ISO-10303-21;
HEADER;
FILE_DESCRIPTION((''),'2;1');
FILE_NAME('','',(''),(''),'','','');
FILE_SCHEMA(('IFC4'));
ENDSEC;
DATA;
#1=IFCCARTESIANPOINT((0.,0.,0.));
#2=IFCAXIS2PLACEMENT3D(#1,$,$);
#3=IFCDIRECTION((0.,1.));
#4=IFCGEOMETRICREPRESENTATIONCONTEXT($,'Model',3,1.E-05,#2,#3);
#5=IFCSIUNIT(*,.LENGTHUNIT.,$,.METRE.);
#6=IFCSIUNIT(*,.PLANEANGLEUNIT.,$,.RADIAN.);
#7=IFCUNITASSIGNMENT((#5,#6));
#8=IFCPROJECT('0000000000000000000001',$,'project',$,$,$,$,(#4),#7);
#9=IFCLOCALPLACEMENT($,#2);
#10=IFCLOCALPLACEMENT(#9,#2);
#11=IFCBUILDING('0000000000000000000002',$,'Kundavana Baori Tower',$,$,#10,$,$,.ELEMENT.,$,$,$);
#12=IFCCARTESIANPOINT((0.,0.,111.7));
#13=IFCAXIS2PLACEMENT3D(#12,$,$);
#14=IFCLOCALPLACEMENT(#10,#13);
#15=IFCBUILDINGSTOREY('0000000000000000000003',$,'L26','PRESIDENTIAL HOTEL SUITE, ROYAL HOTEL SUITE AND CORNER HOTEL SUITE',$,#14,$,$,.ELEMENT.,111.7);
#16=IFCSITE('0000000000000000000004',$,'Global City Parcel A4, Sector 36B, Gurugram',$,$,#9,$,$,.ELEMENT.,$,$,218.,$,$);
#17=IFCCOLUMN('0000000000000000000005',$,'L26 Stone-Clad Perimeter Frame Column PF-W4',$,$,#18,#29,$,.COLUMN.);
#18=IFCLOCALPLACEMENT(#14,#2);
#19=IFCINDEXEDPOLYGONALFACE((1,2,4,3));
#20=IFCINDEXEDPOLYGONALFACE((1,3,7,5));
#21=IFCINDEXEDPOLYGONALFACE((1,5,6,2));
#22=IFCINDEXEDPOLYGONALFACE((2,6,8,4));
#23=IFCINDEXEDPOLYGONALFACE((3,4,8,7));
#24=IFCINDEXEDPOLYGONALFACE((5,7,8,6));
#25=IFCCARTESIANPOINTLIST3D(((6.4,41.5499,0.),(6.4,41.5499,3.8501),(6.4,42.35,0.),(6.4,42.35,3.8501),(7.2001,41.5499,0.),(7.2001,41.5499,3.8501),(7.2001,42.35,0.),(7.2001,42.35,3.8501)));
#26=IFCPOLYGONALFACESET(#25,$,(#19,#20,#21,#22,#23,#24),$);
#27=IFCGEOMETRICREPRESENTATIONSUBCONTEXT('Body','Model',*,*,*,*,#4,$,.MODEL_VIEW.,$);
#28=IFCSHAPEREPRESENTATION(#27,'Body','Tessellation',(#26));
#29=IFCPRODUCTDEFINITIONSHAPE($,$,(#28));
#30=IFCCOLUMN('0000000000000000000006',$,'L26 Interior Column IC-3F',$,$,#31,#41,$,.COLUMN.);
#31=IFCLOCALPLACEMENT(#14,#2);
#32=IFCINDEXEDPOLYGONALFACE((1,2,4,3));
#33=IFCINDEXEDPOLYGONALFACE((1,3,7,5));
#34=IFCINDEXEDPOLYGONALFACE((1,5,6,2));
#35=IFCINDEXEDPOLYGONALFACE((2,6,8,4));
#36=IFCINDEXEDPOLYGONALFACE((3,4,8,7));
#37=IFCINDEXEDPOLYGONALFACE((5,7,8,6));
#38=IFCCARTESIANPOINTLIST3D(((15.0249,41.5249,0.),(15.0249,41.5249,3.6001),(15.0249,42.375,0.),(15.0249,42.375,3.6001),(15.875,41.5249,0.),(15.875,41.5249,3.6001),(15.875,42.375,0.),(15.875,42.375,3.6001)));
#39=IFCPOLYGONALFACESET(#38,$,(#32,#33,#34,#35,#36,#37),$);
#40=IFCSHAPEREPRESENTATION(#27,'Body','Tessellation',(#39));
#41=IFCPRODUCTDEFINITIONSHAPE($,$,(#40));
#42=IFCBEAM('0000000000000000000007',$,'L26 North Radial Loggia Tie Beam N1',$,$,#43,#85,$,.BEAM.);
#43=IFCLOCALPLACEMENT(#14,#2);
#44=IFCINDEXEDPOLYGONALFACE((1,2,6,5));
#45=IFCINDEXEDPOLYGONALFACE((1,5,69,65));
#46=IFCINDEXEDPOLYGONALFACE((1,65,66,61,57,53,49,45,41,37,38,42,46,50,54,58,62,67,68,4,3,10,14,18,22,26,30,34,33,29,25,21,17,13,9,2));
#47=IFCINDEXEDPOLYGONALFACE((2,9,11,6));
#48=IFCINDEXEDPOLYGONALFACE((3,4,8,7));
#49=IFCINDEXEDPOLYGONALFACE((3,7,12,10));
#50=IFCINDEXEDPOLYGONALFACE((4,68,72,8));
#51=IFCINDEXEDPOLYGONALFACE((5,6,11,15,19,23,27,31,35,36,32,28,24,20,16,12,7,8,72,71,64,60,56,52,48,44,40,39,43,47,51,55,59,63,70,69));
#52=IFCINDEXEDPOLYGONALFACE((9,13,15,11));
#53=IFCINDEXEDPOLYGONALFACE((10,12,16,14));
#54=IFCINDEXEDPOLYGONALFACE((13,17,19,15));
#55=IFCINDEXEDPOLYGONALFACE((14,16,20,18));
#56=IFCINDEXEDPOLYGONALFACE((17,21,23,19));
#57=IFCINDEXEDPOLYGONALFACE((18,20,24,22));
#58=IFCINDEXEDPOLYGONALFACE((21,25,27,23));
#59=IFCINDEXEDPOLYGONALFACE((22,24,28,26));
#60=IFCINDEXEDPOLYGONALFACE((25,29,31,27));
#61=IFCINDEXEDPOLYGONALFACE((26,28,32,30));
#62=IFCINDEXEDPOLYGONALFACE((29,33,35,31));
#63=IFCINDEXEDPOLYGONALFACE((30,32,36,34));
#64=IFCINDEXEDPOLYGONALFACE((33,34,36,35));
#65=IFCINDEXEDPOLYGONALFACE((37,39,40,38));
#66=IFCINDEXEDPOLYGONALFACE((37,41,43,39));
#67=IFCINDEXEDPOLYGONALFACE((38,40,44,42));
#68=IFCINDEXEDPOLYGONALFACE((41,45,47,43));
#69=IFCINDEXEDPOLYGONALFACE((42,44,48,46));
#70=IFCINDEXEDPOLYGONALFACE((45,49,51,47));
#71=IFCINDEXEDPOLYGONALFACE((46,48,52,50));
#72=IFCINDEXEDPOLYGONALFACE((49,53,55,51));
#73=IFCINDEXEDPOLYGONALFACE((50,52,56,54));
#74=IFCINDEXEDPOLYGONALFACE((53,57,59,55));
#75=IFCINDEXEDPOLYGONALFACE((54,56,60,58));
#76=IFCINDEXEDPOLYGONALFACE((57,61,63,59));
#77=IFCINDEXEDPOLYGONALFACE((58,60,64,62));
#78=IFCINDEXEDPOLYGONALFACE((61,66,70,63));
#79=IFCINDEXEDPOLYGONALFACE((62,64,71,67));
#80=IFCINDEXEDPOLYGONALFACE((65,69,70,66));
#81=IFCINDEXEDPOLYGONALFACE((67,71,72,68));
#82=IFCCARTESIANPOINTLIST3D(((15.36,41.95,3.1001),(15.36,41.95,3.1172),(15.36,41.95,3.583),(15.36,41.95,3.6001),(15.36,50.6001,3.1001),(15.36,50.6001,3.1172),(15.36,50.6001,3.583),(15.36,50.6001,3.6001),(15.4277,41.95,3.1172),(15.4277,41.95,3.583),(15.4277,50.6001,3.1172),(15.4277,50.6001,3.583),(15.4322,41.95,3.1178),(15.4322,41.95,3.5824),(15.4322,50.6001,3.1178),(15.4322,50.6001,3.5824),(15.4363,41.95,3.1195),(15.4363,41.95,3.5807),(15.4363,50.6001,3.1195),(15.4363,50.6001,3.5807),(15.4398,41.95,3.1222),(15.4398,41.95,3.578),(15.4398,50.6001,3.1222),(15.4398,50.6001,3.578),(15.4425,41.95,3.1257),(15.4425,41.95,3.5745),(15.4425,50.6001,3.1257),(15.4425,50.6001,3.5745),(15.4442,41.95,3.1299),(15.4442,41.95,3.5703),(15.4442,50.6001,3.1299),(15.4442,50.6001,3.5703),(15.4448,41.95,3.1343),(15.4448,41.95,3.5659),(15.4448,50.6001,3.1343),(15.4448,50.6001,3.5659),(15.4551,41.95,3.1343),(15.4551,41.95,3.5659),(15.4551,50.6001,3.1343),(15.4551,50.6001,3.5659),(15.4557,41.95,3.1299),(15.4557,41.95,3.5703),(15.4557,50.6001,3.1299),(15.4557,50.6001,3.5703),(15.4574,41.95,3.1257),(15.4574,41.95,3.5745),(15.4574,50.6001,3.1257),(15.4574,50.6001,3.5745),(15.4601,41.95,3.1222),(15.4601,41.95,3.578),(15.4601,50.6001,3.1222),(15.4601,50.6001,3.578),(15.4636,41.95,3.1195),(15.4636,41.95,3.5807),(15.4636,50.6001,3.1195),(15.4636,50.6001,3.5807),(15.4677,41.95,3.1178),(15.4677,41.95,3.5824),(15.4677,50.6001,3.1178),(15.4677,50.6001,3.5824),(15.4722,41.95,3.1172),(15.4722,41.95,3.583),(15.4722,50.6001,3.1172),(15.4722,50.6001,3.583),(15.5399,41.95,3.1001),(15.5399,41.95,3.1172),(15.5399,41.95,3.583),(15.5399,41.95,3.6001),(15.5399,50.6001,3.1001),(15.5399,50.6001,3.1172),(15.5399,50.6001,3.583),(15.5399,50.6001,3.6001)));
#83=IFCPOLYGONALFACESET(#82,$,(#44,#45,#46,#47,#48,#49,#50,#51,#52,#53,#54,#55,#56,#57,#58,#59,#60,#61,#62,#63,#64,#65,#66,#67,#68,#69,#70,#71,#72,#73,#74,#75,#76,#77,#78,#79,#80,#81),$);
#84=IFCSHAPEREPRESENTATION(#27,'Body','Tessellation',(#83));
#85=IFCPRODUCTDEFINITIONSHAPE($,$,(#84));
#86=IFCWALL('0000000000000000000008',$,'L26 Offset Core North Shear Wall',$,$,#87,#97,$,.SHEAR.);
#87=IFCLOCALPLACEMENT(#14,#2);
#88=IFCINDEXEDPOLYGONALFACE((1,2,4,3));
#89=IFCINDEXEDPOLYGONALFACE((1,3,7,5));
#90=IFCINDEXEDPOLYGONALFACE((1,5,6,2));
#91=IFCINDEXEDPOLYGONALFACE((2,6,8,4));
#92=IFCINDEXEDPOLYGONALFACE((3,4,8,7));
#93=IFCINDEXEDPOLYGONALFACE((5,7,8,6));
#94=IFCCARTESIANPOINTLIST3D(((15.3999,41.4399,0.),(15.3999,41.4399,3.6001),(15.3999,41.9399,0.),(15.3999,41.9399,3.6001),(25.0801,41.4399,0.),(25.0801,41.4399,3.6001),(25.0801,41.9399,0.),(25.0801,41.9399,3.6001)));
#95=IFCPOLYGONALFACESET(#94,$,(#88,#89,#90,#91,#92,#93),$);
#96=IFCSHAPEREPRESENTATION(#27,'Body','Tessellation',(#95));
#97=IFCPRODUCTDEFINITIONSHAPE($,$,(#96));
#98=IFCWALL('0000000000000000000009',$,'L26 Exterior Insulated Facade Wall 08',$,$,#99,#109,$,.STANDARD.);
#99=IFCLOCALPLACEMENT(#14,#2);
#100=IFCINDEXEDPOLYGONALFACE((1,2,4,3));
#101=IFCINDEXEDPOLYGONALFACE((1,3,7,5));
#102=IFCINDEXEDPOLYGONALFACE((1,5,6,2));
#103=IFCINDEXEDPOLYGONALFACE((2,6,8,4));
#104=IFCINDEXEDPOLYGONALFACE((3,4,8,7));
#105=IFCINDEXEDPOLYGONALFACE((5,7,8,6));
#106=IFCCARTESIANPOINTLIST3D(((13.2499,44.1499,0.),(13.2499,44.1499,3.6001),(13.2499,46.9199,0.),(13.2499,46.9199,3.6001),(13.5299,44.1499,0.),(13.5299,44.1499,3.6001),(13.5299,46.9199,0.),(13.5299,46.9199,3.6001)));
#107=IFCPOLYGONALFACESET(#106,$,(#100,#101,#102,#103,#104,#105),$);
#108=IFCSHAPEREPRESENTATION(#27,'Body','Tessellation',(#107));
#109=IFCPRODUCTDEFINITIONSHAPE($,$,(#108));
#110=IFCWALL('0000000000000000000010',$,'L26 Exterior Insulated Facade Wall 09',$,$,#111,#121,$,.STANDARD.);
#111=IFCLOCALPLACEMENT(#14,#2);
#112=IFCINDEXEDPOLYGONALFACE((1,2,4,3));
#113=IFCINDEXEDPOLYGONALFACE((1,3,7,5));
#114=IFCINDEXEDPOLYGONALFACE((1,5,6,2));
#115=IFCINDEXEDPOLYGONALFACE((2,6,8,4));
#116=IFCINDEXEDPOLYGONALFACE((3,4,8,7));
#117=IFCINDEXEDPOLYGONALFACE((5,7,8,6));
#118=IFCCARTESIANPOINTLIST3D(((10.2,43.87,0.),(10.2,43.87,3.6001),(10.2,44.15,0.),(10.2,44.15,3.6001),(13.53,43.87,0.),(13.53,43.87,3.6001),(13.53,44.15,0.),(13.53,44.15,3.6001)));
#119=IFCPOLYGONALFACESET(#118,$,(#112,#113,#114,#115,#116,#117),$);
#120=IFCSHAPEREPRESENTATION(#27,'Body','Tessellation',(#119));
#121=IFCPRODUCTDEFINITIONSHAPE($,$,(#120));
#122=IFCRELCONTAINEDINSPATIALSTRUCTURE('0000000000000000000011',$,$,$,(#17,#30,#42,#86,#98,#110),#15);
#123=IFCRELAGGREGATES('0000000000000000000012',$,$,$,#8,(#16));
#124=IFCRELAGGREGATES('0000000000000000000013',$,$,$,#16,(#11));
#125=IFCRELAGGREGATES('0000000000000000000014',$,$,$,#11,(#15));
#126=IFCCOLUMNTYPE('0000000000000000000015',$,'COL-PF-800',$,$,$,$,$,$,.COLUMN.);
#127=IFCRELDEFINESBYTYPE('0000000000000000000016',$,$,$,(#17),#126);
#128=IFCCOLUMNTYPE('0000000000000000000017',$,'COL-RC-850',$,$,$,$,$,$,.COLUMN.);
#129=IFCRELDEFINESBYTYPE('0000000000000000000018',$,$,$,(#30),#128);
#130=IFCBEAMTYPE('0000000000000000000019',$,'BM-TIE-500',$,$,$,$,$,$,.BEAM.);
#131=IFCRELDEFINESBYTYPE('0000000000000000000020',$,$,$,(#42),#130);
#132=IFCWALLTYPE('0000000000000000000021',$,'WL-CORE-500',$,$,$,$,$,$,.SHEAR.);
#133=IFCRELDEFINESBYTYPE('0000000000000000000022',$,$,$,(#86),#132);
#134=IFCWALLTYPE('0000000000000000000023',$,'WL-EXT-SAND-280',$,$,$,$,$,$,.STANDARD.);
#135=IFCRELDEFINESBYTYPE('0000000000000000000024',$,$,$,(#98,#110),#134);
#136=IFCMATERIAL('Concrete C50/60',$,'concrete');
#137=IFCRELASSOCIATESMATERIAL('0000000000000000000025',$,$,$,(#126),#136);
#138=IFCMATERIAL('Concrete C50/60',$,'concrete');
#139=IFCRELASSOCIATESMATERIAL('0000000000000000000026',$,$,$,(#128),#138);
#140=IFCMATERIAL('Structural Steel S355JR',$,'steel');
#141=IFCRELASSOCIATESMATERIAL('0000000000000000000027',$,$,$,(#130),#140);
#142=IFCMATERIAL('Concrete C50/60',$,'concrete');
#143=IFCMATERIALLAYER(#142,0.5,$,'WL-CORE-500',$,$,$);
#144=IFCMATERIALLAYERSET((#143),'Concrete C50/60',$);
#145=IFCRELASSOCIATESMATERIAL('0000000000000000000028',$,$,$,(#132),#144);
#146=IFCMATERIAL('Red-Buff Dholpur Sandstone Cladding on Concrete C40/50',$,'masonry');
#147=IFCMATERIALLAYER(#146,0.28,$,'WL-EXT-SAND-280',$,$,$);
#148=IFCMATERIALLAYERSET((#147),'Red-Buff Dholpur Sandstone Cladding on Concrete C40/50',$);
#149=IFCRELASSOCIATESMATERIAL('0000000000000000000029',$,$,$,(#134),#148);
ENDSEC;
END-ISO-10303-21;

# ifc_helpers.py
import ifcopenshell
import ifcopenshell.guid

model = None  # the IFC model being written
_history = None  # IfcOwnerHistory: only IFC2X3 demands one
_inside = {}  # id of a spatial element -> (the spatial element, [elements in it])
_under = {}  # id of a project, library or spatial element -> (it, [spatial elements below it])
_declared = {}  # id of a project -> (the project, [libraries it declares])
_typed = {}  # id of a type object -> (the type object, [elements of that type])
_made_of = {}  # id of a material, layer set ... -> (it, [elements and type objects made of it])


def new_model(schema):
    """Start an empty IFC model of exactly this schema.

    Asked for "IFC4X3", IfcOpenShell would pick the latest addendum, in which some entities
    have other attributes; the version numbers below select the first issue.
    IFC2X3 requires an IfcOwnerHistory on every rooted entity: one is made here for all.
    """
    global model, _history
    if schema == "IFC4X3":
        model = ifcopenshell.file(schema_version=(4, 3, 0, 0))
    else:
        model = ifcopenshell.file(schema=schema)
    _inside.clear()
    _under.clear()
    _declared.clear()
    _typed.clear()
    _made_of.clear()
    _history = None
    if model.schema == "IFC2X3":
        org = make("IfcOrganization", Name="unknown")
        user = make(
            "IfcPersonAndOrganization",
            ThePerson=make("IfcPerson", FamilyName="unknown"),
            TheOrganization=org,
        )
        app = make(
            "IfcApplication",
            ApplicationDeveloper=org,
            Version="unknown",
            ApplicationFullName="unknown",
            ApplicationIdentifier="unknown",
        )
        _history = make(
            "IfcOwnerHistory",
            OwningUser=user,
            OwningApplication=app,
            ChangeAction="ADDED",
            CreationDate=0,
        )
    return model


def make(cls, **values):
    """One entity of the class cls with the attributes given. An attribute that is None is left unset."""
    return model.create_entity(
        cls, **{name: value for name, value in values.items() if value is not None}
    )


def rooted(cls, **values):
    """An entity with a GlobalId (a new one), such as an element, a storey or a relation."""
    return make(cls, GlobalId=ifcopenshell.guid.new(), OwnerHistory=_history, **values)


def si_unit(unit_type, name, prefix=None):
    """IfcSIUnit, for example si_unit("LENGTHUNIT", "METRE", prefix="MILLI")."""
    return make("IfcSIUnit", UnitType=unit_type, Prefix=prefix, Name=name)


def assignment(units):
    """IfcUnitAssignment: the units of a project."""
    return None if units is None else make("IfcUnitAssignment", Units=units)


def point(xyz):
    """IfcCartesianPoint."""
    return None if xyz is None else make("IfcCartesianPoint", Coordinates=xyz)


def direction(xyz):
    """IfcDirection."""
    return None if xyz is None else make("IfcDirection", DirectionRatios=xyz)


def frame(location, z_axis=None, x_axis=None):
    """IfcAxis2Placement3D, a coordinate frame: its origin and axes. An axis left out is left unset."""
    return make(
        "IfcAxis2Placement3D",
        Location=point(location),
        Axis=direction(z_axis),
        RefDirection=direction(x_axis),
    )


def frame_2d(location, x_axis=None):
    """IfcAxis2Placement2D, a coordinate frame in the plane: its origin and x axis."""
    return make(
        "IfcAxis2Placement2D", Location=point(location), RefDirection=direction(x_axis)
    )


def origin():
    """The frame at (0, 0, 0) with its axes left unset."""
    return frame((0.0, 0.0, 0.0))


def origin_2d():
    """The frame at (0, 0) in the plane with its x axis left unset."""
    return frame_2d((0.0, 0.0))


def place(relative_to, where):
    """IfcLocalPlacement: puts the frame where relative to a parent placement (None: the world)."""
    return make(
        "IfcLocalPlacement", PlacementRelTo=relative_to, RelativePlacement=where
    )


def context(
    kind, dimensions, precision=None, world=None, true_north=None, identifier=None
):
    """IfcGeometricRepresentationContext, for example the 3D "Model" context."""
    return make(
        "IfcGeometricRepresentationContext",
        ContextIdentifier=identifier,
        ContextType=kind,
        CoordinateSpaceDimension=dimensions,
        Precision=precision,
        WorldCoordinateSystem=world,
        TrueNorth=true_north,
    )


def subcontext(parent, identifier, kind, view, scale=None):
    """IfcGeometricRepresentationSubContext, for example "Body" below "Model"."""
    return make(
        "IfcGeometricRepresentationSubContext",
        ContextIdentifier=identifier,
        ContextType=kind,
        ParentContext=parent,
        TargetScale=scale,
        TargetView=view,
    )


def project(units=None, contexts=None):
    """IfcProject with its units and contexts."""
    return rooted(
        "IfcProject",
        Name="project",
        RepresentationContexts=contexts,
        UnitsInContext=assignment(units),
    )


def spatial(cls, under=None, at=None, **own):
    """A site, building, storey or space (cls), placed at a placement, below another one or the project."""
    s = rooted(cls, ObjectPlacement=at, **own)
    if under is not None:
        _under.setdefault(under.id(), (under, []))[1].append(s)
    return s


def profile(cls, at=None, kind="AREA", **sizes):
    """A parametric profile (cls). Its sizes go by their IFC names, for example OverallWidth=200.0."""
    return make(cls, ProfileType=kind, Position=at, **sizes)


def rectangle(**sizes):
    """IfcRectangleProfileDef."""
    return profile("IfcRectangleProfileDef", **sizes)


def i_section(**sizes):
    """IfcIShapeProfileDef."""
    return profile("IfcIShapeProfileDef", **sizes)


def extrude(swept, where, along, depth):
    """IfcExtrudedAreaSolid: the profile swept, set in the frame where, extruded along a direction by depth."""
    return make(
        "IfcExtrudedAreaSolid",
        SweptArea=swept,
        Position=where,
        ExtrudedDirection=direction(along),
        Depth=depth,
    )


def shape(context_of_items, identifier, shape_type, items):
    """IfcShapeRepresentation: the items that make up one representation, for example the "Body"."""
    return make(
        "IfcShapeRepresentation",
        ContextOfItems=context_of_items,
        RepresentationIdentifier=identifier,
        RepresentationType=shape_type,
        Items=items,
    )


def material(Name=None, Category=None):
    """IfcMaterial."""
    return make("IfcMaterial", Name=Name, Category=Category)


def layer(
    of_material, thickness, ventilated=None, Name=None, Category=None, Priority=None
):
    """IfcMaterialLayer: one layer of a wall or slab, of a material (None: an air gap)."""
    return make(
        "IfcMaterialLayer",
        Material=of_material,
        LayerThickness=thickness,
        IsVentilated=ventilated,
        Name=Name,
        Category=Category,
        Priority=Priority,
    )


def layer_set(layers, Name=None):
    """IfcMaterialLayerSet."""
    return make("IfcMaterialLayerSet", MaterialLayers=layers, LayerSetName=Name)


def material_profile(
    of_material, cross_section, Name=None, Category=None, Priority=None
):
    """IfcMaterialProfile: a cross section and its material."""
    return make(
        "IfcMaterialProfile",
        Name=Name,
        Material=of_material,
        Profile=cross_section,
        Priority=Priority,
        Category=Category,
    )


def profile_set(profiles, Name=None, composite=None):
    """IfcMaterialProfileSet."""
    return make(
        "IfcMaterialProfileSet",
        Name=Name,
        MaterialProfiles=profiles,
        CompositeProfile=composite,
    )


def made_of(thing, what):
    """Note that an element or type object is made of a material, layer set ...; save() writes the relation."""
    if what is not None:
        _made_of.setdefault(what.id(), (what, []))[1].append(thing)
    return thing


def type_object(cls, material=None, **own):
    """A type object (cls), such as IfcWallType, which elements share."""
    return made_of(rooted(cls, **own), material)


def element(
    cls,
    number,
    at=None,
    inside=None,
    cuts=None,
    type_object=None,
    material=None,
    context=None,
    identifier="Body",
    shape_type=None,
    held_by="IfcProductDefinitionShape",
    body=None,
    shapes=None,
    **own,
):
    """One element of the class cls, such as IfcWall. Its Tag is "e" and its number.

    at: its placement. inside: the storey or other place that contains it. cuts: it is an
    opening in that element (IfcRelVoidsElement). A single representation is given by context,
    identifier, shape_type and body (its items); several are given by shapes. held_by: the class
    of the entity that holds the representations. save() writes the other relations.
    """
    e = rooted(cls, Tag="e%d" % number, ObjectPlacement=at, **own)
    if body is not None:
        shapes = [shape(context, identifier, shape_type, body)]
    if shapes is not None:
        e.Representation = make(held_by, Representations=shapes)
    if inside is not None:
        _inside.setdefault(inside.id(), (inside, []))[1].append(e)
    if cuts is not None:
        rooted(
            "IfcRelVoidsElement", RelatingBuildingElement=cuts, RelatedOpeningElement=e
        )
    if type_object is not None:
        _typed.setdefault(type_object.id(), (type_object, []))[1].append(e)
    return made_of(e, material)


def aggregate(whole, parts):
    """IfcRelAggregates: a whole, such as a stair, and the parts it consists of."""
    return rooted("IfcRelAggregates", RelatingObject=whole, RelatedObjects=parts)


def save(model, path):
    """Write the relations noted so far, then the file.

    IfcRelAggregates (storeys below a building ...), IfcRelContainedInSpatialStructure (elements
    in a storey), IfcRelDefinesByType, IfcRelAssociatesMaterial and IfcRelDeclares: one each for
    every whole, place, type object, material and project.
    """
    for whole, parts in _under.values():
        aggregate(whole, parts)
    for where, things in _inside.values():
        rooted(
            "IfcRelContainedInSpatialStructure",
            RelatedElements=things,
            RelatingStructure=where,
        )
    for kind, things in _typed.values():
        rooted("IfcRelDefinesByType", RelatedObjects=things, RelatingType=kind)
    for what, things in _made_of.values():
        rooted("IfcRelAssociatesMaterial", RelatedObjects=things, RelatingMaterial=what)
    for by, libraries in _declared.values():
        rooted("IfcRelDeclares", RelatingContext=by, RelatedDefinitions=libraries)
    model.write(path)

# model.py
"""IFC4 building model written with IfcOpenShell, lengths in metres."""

from ifc_helpers import new_model, si_unit, direction, frame, frame_2d, origin, origin_2d, place, context, subcontext, project, spatial, rectangle, i_section, extrude, material, layer, layer_set, material_profile, profile_set, type_object, element, save


model = new_model("IFC4")

# Units and contexts
model_context = context("Model", 3, precision=1e-05, world=origin(), true_north=direction((0.0, 1.0)))
body_context = subcontext(model_context, "Body", "Model", "MODEL_VIEW")
ifc_project = project(units=[si_unit("LENGTHUNIT", "METRE"), si_unit("PLANEANGLEUNIT", "RADIAN")], contexts=[model_context])

# Site, building, storey
site_placement = place(None, origin())
site = spatial("IfcSite", under=ifc_project, at=site_placement, Name="Global City Parcel A4, Sector 36B, Gurugram", CompositionType="ELEMENT", RefElevation=218.0)
building_placement = place(site_placement, origin())
building = spatial("IfcBuilding", under=site, at=building_placement, Name="Kundavana Baori Tower", CompositionType="ELEMENT")
storey_placement = place(building_placement, frame((0.0, 0.0, 111.7)))
storey = spatial("IfcBuildingStorey", under=building, at=storey_placement, Name="L26", Description="PRESIDENTIAL HOTEL SUITE, ROYAL HOTEL SUITE AND CORNER HOTEL SUITE", CompositionType="ELEMENT", Elevation=111.7)

# Columns
ifc_material_1 = material(Name="Concrete C50/60", Category="concrete")
ifc_material_profile_1 = material_profile(ifc_material_1, rectangle(XDim=0.8, YDim=0.8, at=origin_2d()), Name="RC PF 800x800")
ifc_profile_set_1 = profile_set([ifc_material_profile_1], Name="Concrete C50/60")
column_type_1 = type_object("IfcColumnType", Name="COL-PF-800", PredefinedType="COLUMN", material=ifc_profile_set_1)
column_1_placement = place(storey_placement, frame((6.8, 41.95, 0.0), z_axis=(0.0, 0.0, 1.0), x_axis=(1.0, 0.0, 0.0)))
element("IfcColumn", 1, at=column_1_placement, inside=storey, type_object=column_type_1, Name="L26 Stone-Clad Perimeter Frame Column PF-W4", PredefinedType="COLUMN", context=body_context, shape_type="SweptSolid", body=[
    extrude(rectangle(XDim=0.8, YDim=0.8, at=origin_2d()), origin(), (0.0, 0.0, 1.0), 3.8501),
])
ifc_material_2 = material(Name="Concrete C50/60", Category="concrete")
ifc_material_profile_2 = material_profile(ifc_material_2, rectangle(XDim=0.8501, YDim=0.8501, at=origin_2d()), Name="RC 850x850")
ifc_profile_set_2 = profile_set([ifc_material_profile_2], Name="Concrete C50/60")
column_type_2 = type_object("IfcColumnType", Name="COL-RC-850", PredefinedType="COLUMN", material=ifc_profile_set_2)
column_2_placement = place(storey_placement, frame((15.45, 41.95, 0.0), z_axis=(0.0, 0.0, 1.0), x_axis=(1.0, 0.0, 0.0)))
element("IfcColumn", 2, at=column_2_placement, inside=storey, type_object=column_type_2, Name="L26 Interior Column IC-3F", PredefinedType="COLUMN", context=body_context, shape_type="SweptSolid", body=[
    extrude(rectangle(XDim=0.8501, YDim=0.8501, at=origin_2d()), origin(), (0.0, 0.0, 1.0), 3.6001),
])

# Beam
ifc_material_3 = material(Name="Structural Steel S355JR", Category="steel")
ifc_material_profile_3 = material_profile(ifc_material_3, i_section(OverallWidth=0.1799, OverallDepth=0.5, WebThickness=0.0103, FlangeThickness=0.0171, FilletRadius=0.0171, at=origin_2d()), Name="ISMB 500")
ifc_profile_set_3 = profile_set([ifc_material_profile_3], Name="Structural Steel S355JR")
beam_type = type_object("IfcBeamType", Name="BM-TIE-500", PredefinedType="BEAM", material=ifc_profile_set_3)
beam_placement = place(storey_placement, frame((15.45, 41.95, 3.3501), z_axis=(0.0, 1.0, 0.0), x_axis=(-1.0, 0.0, 0.0)))
element("IfcBeam", 3, at=beam_placement, inside=storey, type_object=beam_type, Name="L26 North Radial Loggia Tie Beam N1", PredefinedType="BEAM", context=body_context, shape_type="SweptSolid", body=[
    extrude(i_section(OverallWidth=0.1799, OverallDepth=0.5, WebThickness=0.0103, FlangeThickness=0.0171, FilletRadius=0.0171, at=origin_2d()), origin(), (0.0, 0.0, 1.0), 8.6501),
])

# Walls
ifc_material_4 = material(Name="Concrete C50/60", Category="concrete")
ifc_layer_1 = layer(ifc_material_4, 0.5, Name="WL-CORE-500")
ifc_layer_set_1 = layer_set([ifc_layer_1], Name="Concrete C50/60")
wall_type_1 = type_object("IfcWallType", Name="WL-CORE-500", PredefinedType="SHEAR", material=ifc_layer_set_1)
wall_1_placement = place(storey_placement, frame((15.3999, 41.6899, 0.0), z_axis=(0.0, 0.0, 1.0), x_axis=(1.0, 0.0, 0.0)))
element("IfcWall", 4, at=wall_1_placement, inside=storey, type_object=wall_type_1, Name="L26 Offset Core North Shear Wall", PredefinedType="SHEAR", context=body_context, shape_type="SweptSolid", body=[
    extrude(rectangle(XDim=9.6802, YDim=0.5, at=frame_2d((4.8401, 0.0))), origin(), (0.0, 0.0, 1.0), 3.6001),
])
ifc_material_5 = material(Name="Red-Buff Dholpur Sandstone Cladding on Concrete C40/50", Category="masonry")
ifc_layer_2 = layer(ifc_material_5, 0.28, Name="WL-EXT-SAND-280")
ifc_layer_set_2 = layer_set([ifc_layer_2], Name="Red-Buff Dholpur Sandstone Cladding on Concrete C40/50")
wall_type_2 = type_object("IfcWallType", Name="WL-EXT-SAND-280", PredefinedType="STANDARD", material=ifc_layer_set_2)
wall_2_placement = place(storey_placement, frame((13.3899, 46.9199, 0.0), z_axis=(0.0, 0.0, 1.0), x_axis=(0.0, -1.0, 0.0)))
element("IfcWall", 5, at=wall_2_placement, inside=storey, type_object=wall_type_2, Name="L26 Exterior Insulated Facade Wall 08", PredefinedType="STANDARD", context=body_context, shape_type="SweptSolid", body=[
    extrude(rectangle(XDim=2.77, YDim=0.28, at=frame_2d((1.385, 0.0))), origin(), (0.0, 0.0, 1.0), 3.6001),
])
wall_3_placement = place(storey_placement, frame((13.53, 44.01, 0.0), z_axis=(0.0, 0.0, 1.0), x_axis=(-1.0, 0.0, 0.0)))
element("IfcWall", 6, at=wall_3_placement, inside=storey, type_object=wall_type_2, Name="L26 Exterior Insulated Facade Wall 09", PredefinedType="STANDARD", context=body_context, shape_type="SweptSolid", body=[
    extrude(rectangle(XDim=3.3301, YDim=0.28, at=frame_2d((1.665, 0.0))), origin(), (0.0, 0.0, 1.0), 3.6001),
])

save(model, "model.ifc")
